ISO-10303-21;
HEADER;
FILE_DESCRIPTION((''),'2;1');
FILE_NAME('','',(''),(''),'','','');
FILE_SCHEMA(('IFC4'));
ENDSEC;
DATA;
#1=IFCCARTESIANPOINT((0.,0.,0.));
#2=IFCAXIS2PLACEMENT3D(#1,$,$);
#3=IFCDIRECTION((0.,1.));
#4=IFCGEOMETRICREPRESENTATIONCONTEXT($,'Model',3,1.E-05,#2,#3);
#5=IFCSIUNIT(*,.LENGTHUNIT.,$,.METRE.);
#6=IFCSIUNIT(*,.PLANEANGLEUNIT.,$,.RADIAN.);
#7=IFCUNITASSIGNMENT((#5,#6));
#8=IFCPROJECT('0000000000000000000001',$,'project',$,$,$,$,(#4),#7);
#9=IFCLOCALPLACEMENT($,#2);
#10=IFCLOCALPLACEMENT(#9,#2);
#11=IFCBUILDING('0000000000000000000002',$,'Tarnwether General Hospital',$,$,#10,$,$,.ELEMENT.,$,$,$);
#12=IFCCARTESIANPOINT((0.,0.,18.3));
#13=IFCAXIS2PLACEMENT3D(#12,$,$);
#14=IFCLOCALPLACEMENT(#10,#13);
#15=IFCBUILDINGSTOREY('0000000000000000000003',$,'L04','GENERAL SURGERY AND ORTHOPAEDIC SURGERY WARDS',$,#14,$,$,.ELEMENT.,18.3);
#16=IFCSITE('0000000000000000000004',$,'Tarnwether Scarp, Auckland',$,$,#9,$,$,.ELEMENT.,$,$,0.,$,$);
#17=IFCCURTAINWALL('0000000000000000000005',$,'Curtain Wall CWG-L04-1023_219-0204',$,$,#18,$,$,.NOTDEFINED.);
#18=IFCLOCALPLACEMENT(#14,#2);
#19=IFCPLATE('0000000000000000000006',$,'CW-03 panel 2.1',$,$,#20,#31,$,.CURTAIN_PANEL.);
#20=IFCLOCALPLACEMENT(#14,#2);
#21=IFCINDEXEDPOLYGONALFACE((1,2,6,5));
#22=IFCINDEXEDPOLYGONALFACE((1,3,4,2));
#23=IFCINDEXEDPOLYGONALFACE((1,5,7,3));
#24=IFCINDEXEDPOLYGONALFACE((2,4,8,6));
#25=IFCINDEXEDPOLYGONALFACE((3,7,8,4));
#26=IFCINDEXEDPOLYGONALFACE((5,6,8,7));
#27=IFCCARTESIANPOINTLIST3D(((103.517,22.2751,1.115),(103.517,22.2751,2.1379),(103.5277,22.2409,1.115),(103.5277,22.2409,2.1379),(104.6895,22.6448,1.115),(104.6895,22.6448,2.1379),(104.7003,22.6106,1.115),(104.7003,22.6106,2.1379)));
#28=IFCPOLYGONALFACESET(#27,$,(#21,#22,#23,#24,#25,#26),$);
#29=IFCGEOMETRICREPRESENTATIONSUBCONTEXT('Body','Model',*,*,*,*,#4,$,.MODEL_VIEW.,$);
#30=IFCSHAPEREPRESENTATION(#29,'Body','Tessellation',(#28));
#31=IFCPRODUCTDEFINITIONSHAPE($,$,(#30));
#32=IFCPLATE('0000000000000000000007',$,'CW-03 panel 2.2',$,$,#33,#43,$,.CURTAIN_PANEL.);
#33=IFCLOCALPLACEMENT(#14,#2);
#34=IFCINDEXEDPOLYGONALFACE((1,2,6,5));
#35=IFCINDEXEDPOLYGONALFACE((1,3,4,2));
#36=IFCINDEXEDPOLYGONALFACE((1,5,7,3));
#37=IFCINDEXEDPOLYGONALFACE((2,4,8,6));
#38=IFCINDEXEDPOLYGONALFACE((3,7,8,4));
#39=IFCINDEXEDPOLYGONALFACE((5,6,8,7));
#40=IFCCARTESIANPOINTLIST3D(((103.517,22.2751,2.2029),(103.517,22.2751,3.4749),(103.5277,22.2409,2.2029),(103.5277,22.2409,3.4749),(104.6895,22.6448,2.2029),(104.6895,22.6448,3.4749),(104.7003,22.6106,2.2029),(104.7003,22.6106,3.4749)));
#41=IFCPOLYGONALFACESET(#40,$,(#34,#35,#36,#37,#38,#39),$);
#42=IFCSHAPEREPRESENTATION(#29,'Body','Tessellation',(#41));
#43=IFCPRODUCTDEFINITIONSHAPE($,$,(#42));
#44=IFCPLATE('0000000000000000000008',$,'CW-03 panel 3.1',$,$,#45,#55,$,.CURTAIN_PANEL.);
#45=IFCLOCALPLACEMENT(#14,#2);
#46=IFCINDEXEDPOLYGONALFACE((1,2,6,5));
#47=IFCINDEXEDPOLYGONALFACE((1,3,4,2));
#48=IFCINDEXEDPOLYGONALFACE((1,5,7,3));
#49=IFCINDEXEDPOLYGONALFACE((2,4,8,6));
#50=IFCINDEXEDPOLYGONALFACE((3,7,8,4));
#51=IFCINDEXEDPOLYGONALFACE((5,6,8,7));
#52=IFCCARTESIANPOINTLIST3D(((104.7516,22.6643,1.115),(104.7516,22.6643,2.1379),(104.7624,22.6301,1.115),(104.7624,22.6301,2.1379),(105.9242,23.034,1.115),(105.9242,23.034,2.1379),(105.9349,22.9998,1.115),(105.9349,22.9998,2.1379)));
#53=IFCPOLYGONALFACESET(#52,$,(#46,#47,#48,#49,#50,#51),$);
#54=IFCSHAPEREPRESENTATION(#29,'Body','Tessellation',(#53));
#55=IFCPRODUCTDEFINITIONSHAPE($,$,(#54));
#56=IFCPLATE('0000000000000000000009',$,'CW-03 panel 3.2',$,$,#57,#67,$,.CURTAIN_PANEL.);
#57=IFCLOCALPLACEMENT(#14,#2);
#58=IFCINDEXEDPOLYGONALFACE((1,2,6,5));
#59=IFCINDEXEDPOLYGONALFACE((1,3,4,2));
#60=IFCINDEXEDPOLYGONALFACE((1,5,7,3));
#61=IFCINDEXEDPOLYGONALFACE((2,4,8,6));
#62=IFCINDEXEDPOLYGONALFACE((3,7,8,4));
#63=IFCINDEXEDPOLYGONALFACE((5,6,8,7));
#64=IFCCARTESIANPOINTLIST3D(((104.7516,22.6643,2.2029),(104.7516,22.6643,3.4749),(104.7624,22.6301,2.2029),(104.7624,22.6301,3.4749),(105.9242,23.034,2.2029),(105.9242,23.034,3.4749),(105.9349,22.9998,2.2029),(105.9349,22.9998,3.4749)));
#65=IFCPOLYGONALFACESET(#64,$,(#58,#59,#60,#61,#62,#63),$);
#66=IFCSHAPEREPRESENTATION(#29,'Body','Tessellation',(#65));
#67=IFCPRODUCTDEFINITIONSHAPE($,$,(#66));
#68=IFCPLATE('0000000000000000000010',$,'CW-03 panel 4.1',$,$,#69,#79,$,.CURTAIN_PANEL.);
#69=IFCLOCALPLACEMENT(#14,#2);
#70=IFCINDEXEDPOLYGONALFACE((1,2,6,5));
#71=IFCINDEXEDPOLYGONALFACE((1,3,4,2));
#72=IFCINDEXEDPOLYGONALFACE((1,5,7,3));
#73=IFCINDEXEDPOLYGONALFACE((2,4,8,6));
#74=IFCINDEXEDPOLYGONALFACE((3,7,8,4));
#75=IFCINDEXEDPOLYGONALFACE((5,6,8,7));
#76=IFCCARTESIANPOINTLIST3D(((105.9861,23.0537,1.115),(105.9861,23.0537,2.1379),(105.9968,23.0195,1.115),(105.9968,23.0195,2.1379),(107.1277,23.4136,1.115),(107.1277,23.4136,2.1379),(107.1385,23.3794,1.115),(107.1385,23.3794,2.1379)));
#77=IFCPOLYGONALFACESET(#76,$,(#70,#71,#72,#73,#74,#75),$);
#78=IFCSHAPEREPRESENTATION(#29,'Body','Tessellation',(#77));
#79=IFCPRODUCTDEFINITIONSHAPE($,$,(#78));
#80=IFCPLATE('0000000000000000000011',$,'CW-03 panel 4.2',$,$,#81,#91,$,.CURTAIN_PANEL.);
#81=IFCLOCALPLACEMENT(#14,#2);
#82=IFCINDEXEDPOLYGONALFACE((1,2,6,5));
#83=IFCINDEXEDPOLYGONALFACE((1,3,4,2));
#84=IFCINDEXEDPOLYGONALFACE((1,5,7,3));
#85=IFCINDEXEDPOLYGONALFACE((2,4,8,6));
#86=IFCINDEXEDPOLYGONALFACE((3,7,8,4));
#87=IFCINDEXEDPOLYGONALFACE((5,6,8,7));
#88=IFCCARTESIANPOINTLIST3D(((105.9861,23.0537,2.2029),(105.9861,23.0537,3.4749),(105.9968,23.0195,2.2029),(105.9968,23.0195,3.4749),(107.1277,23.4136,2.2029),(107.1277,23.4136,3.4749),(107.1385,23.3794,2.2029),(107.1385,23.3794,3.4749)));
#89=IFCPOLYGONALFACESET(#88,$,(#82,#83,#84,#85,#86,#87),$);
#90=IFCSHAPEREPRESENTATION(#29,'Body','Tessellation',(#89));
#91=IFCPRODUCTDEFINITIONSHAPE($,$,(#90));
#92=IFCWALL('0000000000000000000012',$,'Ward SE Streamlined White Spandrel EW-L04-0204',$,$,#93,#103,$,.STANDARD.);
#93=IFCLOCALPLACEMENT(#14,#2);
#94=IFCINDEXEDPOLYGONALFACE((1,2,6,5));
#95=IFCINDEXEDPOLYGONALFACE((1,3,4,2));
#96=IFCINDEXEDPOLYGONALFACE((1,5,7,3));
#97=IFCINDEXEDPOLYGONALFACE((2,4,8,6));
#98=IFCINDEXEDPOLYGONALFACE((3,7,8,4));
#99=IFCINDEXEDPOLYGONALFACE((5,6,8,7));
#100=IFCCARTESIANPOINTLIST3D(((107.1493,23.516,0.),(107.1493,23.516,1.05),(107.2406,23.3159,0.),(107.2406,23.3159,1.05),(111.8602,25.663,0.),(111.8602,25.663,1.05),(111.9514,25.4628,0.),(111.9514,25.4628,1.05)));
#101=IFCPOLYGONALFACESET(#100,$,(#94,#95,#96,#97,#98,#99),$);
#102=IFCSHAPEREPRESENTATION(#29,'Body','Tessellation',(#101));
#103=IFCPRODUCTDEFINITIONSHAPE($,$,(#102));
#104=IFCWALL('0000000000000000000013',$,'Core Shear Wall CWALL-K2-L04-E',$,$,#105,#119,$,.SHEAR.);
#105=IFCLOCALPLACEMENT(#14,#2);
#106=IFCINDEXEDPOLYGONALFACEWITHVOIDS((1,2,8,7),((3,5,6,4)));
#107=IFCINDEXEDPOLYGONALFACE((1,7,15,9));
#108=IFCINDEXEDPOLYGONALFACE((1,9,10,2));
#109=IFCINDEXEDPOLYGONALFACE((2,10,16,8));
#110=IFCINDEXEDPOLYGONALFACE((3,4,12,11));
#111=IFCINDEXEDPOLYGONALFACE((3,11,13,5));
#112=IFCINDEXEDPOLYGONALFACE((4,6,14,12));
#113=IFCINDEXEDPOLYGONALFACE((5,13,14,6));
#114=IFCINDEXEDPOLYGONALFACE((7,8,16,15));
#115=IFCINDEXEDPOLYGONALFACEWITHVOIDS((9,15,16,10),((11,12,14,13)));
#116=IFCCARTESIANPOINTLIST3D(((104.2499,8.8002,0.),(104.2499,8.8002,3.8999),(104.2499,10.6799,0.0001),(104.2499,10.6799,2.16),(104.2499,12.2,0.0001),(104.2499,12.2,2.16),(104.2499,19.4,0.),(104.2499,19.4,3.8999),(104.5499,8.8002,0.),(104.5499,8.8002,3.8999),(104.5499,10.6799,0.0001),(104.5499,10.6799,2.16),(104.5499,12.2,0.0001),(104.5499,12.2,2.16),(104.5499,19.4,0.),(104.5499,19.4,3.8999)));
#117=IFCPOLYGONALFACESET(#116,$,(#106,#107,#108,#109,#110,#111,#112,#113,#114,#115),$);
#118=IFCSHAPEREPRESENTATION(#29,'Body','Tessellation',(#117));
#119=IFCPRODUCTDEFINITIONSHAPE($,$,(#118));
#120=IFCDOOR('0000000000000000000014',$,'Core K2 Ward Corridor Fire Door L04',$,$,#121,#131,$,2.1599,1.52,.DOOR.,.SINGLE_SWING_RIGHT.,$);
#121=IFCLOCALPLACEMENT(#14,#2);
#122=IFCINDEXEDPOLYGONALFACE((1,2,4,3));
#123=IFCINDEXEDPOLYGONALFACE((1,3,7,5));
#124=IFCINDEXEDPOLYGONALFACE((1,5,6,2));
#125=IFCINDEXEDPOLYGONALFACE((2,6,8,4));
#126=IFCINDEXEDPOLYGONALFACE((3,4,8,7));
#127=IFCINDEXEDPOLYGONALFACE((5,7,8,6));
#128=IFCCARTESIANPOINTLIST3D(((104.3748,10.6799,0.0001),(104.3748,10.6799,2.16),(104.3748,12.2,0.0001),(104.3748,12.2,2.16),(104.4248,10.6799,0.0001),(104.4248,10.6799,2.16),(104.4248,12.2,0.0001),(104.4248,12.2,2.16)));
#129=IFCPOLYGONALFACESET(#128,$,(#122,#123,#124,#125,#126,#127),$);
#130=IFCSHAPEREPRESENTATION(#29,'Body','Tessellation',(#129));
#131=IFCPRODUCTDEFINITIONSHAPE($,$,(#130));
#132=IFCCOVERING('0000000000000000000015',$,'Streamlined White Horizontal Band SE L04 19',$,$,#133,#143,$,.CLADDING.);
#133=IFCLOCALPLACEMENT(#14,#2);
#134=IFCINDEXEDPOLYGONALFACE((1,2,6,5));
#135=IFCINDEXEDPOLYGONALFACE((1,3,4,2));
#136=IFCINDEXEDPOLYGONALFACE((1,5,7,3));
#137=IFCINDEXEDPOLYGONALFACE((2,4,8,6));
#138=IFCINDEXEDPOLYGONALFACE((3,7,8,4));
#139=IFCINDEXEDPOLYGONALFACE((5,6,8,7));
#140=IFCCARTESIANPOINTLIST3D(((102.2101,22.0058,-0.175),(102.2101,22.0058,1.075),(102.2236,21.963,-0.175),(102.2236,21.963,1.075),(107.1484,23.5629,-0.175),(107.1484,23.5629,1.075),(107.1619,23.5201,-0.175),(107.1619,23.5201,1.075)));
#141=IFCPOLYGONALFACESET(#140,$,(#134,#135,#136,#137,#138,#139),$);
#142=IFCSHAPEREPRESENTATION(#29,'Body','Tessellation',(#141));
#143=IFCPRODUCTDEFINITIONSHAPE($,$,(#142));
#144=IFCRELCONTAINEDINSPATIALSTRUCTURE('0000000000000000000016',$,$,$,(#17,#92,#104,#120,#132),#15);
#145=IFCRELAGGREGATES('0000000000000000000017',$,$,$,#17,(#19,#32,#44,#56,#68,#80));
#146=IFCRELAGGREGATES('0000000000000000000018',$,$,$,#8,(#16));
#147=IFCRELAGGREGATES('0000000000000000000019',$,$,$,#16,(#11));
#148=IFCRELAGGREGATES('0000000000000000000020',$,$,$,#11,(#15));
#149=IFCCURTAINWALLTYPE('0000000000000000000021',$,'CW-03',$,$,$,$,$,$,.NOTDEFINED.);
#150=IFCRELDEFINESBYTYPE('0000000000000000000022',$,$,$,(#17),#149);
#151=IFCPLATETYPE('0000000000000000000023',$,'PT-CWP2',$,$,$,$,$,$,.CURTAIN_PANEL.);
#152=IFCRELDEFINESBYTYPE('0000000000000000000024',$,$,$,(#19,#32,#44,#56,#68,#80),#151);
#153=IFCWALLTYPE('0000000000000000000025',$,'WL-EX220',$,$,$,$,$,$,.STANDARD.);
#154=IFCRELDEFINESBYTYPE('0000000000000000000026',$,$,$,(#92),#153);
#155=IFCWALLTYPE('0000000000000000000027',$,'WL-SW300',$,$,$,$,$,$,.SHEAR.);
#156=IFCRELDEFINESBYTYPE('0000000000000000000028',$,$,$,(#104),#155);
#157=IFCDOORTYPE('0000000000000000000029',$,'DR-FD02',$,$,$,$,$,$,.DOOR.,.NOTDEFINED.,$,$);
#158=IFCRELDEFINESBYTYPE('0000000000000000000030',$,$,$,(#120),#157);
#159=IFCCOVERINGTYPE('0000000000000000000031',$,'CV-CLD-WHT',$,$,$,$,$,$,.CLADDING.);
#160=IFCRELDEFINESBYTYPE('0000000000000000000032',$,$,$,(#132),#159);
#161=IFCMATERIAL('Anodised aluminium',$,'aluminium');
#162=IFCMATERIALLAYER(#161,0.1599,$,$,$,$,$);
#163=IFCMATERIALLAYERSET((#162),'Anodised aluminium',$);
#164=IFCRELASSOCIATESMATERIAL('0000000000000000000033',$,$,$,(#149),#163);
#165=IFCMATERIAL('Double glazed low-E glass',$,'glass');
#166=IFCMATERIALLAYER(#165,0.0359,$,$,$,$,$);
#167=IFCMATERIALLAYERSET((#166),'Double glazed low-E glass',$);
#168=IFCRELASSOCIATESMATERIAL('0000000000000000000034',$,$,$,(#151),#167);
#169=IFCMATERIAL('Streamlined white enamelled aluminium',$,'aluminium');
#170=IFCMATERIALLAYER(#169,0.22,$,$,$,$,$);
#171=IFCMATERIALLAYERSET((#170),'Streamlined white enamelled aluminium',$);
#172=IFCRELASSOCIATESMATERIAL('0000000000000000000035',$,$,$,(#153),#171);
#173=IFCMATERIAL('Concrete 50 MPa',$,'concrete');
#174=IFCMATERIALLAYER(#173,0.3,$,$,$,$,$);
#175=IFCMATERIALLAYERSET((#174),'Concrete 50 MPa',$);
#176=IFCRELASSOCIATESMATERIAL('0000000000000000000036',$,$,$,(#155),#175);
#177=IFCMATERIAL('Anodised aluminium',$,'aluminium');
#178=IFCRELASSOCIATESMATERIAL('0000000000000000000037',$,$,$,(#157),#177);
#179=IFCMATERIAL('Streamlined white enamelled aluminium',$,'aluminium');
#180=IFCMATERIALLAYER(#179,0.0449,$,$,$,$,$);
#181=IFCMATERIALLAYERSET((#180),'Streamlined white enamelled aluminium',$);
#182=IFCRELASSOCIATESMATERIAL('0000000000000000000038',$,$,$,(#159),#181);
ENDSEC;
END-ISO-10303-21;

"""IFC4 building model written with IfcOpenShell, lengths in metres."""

from ifc_helpers import new_model, si_unit, direction, frame, frame_2d, origin, origin_2d, place, context, subcontext, project, spatial, rectangle, extrude, material, layer, layer_set, type_object, element, fill, aggregate, save


model = new_model("IFC4")

# Units and contexts
model_context = context("Model", 3, precision=1e-05, world=origin(), true_north=direction((0.0, 1.0)))
body_context = subcontext(model_context, "Body", "Model", "MODEL_VIEW")
ifc_project = project(units=[si_unit("LENGTHUNIT", "METRE"), si_unit("PLANEANGLEUNIT", "RADIAN")], contexts=[model_context])

# Site, building, storey
site_placement = place(None, origin())
site = spatial("IfcSite", under=ifc_project, at=site_placement, Name="Tarnwether Scarp, Auckland", CompositionType="ELEMENT", RefElevation=0.0)
building_placement = place(site_placement, origin())
building = spatial("IfcBuilding", under=site, at=building_placement, Name="Tarnwether General Hospital", CompositionType="ELEMENT")
storey_placement = place(building_placement, frame((0.0, 0.0, 18.3)))
storey = spatial("IfcBuildingStorey", under=building, at=storey_placement, Name="L04", Description="GENERAL SURGERY AND ORTHOPAEDIC SURGERY WARDS", CompositionType="ELEMENT", Elevation=18.3)

# Curtain wall
ifc_material_1 = material(Name="Anodised aluminium", Category="aluminium")
ifc_layer_1 = layer(ifc_material_1, 0.1599)
ifc_layer_set_1 = layer_set([ifc_layer_1], Name="Anodised aluminium")
curtain_wall_type = type_object("IfcCurtainWallType", Name="CW-03", PredefinedType="NOTDEFINED", material=ifc_layer_set_1)
curtain_wall_1_placement = place(storey_placement, origin())
curtain_wall_1 = element("IfcCurtainWall", 1, at=curtain_wall_1_placement, inside=storey, type_object=curtain_wall_type, Name="Curtain Wall CWG-L04-1023_219-0204", PredefinedType="NOTDEFINED")

# Plates
ifc_material_2 = material(Name="Double glazed low-E glass", Category="glass")
ifc_layer_2 = layer(ifc_material_2, 0.0359)
ifc_layer_set_2 = layer_set([ifc_layer_2], Name="Double glazed low-E glass")
plate_type_1 = type_object("IfcPlateType", Name="PT-CWP2", PredefinedType="CURTAIN_PANEL", material=ifc_layer_set_2)
plate_1_placement = place(storey_placement, frame((104.1086, 22.4429, 1.115), z_axis=(0.0, 0.0, 1.0), x_axis=(0.953714, 0.300715, 0.0)))
plate_1 = element("IfcPlate", 2, at=plate_1_placement, type_object=plate_type_1, Name="CW-03 panel 2.1", PredefinedType="CURTAIN_PANEL", context=body_context, shape_type="SweptSolid", body=[
    extrude(rectangle(XDim=1.2295, YDim=0.0359, at=origin_2d()), origin(), (0.0, 0.0, 1.0), 1.0229),
])
plate_2_placement = place(storey_placement, frame((104.1086, 22.4429, 2.2029), z_axis=(0.0, 0.0, 1.0), x_axis=(0.953714, 0.300715, 0.0)))
plate_2 = element("IfcPlate", 3, at=plate_2_placement, type_object=plate_type_1, Name="CW-03 panel 2.2", PredefinedType="CURTAIN_PANEL", context=body_context, shape_type="SweptSolid", body=[
    extrude(rectangle(XDim=1.2295, YDim=0.0359, at=origin_2d()), origin(), (0.0, 0.0, 1.0), 1.272),
])
plate_3_placement = place(storey_placement, frame((105.3433, 22.832, 1.115), z_axis=(0.0, 0.0, 1.0), x_axis=(0.953714, 0.300715, 0.0)))
plate_3 = element("IfcPlate", 4, at=plate_3_placement, type_object=plate_type_1, Name="CW-03 panel 3.1", PredefinedType="CURTAIN_PANEL", context=body_context, shape_type="SweptSolid", body=[
    extrude(rectangle(XDim=1.2295, YDim=0.0359, at=origin_2d()), origin(), (0.0, 0.0, 1.0), 1.0229),
])
plate_4_placement = place(storey_placement, frame((105.3433, 22.832, 2.2029), z_axis=(0.0, 0.0, 1.0), x_axis=(0.953714, 0.300715, 0.0)))
plate_4 = element("IfcPlate", 5, at=plate_4_placement, type_object=plate_type_1, Name="CW-03 panel 3.2", PredefinedType="CURTAIN_PANEL", context=body_context, shape_type="SweptSolid", body=[
    extrude(rectangle(XDim=1.2295, YDim=0.0359, at=origin_2d()), origin(), (0.0, 0.0, 1.0), 1.272),
])
plate_5_placement = place(storey_placement, frame((106.5623, 23.2166, 1.115), z_axis=(0.0, 0.0, 1.0), x_axis=(0.953714, 0.300715, 0.0)))
plate_5 = element("IfcPlate", 6, at=plate_5_placement, type_object=plate_type_1, Name="CW-03 panel 4.1", PredefinedType="CURTAIN_PANEL", context=body_context, shape_type="SweptSolid", body=[
    extrude(rectangle(XDim=1.197, YDim=0.0359, at=origin_2d()), origin(), (0.0, 0.0, 1.0), 1.0229),
])
plate_6_placement = place(storey_placement, frame((106.5623, 23.2166, 2.2029), z_axis=(0.0, 0.0, 1.0), x_axis=(0.953714, 0.300715, 0.0)))
plate_6 = element("IfcPlate", 7, at=plate_6_placement, type_object=plate_type_1, Name="CW-03 panel 4.2", PredefinedType="CURTAIN_PANEL", context=body_context, shape_type="SweptSolid", body=[
    extrude(rectangle(XDim=1.197, YDim=0.0359, at=origin_2d()), origin(), (0.0, 0.0, 1.0), 1.272),
])
aggregate(curtain_wall_1, [plate_1, plate_2, plate_3, plate_4, plate_5, plate_6])

# Wall
ifc_material_3 = material(Name="Streamlined white enamelled aluminium", Category="aluminium")
ifc_layer_3 = layer(ifc_material_3, 0.22)
ifc_layer_set_3 = layer_set([ifc_layer_3], Name="Streamlined white enamelled aluminium")
wall_type_1 = type_object("IfcWallType", Name="WL-EX220", PredefinedType="STANDARD", material=ifc_layer_set_3)
wall_1_placement = place(storey_placement, frame((107.1951, 23.416, 0.0), z_axis=(0.0, 0.0, 1.0), x_axis=(0.909956, 0.414705, 0.0)))
element("IfcWall", 8, at=wall_1_placement, inside=storey, type_object=wall_type_1, Name="Ward SE Streamlined White Spandrel EW-L04-0204", PredefinedType="STANDARD", context=body_context, shape_type="SweptSolid", body=[
    extrude(rectangle(XDim=5.177, YDim=0.22, at=frame_2d((2.5884, 0.0))), origin(), (0.0, 0.0, 1.0), 1.05),
])

# Wall, opening, door
ifc_material_4 = material(Name="Concrete 50 MPa", Category="concrete")
ifc_layer_4 = layer(ifc_material_4, 0.3)
ifc_layer_set_4 = layer_set([ifc_layer_4], Name="Concrete 50 MPa")
wall_type_2 = type_object("IfcWallType", Name="WL-SW300", PredefinedType="SHEAR", material=ifc_layer_set_4)
wall_2_placement = place(storey_placement, frame((104.3999, 19.3999, 0.0), z_axis=(0.0, 0.0, 1.0), x_axis=(0.0, -1.0, 0.0)))
wall_2 = element("IfcWall", 9, at=wall_2_placement, inside=storey, type_object=wall_type_2, Name="Core Shear Wall CWALL-K2-L04-E", PredefinedType="SHEAR", context=body_context, shape_type="SweptSolid", body=[
    extrude(rectangle(XDim=10.5999, YDim=0.3, at=frame_2d((5.2998, 0.0))), origin(), (0.0, 0.0, 1.0), 3.8999),
])
opening_placement = place(wall_2_placement, frame((7.2, 0.0, 0.0)))
opening = element("IfcOpeningElement", 10, at=opening_placement, cuts=wall_2, PredefinedType="OPENING", context=body_context, shape_type="SweptSolid", body=[
    extrude(rectangle(XDim=1.52, YDim=2.1599, at=frame_2d((0.76, 1.0801))), frame((0.0, 0.1602, 0.0), z_axis=(0.0, -1.0, 0.0), x_axis=(1.0, 0.0, 0.0)), (0.0, 0.0, 1.0), 0.3201),
])
ifc_material_5 = material(Name="Anodised aluminium", Category="aluminium")
door_type = type_object("IfcDoorType", Name="DR-FD02", OperationType="NOTDEFINED", PredefinedType="DOOR", material=ifc_material_5)
door_placement = place(opening_placement, origin())
door = element("IfcDoor", 11, at=door_placement, inside=storey, type_object=door_type, Name="Core K2 Ward Corridor Fire Door L04", OperationType="SINGLE_SWING_RIGHT", OverallHeight=2.1599, OverallWidth=1.52, PredefinedType="DOOR", context=body_context, shape_type="SweptSolid", body=[
    extrude(rectangle(XDim=1.52, YDim=2.1599, at=frame_2d((0.76, 1.0801))), frame((0.0, 0.0249, 0.0), z_axis=(0.0, -1.0, 0.0), x_axis=(1.0, 0.0, 0.0)), (0.0, 0.0, 1.0), 0.05),
])
fill(opening, door)

# Covering
ifc_material_6 = material(Name="Streamlined white enamelled aluminium", Category="aluminium")
ifc_layer_5 = layer(ifc_material_6, 0.0449)
ifc_layer_set_5 = layer_set([ifc_layer_5], Name="Streamlined white enamelled aluminium")
covering_type = type_object("IfcCoveringType", Name="CV-CLD-WHT", PredefinedType="CLADDING", material=ifc_layer_set_5)
covering_placement = place(storey_placement, frame((104.686, 22.7629, -0.175), z_axis=(0.0, 0.0, 1.0), x_axis=(0.953712, 0.300722, 0.0)))
element("IfcCovering", 12, at=covering_placement, inside=storey, type_object=covering_type, Name="Streamlined White Horizontal Band SE L04 19", PredefinedType="CLADDING", context=body_context, shape_type="SweptSolid", body=[
    extrude(rectangle(XDim=5.178, YDim=0.0449, at=origin_2d()), origin(), (0.0, 0.0, 1.0), 1.25),
])

save(model, "model.ifc")
